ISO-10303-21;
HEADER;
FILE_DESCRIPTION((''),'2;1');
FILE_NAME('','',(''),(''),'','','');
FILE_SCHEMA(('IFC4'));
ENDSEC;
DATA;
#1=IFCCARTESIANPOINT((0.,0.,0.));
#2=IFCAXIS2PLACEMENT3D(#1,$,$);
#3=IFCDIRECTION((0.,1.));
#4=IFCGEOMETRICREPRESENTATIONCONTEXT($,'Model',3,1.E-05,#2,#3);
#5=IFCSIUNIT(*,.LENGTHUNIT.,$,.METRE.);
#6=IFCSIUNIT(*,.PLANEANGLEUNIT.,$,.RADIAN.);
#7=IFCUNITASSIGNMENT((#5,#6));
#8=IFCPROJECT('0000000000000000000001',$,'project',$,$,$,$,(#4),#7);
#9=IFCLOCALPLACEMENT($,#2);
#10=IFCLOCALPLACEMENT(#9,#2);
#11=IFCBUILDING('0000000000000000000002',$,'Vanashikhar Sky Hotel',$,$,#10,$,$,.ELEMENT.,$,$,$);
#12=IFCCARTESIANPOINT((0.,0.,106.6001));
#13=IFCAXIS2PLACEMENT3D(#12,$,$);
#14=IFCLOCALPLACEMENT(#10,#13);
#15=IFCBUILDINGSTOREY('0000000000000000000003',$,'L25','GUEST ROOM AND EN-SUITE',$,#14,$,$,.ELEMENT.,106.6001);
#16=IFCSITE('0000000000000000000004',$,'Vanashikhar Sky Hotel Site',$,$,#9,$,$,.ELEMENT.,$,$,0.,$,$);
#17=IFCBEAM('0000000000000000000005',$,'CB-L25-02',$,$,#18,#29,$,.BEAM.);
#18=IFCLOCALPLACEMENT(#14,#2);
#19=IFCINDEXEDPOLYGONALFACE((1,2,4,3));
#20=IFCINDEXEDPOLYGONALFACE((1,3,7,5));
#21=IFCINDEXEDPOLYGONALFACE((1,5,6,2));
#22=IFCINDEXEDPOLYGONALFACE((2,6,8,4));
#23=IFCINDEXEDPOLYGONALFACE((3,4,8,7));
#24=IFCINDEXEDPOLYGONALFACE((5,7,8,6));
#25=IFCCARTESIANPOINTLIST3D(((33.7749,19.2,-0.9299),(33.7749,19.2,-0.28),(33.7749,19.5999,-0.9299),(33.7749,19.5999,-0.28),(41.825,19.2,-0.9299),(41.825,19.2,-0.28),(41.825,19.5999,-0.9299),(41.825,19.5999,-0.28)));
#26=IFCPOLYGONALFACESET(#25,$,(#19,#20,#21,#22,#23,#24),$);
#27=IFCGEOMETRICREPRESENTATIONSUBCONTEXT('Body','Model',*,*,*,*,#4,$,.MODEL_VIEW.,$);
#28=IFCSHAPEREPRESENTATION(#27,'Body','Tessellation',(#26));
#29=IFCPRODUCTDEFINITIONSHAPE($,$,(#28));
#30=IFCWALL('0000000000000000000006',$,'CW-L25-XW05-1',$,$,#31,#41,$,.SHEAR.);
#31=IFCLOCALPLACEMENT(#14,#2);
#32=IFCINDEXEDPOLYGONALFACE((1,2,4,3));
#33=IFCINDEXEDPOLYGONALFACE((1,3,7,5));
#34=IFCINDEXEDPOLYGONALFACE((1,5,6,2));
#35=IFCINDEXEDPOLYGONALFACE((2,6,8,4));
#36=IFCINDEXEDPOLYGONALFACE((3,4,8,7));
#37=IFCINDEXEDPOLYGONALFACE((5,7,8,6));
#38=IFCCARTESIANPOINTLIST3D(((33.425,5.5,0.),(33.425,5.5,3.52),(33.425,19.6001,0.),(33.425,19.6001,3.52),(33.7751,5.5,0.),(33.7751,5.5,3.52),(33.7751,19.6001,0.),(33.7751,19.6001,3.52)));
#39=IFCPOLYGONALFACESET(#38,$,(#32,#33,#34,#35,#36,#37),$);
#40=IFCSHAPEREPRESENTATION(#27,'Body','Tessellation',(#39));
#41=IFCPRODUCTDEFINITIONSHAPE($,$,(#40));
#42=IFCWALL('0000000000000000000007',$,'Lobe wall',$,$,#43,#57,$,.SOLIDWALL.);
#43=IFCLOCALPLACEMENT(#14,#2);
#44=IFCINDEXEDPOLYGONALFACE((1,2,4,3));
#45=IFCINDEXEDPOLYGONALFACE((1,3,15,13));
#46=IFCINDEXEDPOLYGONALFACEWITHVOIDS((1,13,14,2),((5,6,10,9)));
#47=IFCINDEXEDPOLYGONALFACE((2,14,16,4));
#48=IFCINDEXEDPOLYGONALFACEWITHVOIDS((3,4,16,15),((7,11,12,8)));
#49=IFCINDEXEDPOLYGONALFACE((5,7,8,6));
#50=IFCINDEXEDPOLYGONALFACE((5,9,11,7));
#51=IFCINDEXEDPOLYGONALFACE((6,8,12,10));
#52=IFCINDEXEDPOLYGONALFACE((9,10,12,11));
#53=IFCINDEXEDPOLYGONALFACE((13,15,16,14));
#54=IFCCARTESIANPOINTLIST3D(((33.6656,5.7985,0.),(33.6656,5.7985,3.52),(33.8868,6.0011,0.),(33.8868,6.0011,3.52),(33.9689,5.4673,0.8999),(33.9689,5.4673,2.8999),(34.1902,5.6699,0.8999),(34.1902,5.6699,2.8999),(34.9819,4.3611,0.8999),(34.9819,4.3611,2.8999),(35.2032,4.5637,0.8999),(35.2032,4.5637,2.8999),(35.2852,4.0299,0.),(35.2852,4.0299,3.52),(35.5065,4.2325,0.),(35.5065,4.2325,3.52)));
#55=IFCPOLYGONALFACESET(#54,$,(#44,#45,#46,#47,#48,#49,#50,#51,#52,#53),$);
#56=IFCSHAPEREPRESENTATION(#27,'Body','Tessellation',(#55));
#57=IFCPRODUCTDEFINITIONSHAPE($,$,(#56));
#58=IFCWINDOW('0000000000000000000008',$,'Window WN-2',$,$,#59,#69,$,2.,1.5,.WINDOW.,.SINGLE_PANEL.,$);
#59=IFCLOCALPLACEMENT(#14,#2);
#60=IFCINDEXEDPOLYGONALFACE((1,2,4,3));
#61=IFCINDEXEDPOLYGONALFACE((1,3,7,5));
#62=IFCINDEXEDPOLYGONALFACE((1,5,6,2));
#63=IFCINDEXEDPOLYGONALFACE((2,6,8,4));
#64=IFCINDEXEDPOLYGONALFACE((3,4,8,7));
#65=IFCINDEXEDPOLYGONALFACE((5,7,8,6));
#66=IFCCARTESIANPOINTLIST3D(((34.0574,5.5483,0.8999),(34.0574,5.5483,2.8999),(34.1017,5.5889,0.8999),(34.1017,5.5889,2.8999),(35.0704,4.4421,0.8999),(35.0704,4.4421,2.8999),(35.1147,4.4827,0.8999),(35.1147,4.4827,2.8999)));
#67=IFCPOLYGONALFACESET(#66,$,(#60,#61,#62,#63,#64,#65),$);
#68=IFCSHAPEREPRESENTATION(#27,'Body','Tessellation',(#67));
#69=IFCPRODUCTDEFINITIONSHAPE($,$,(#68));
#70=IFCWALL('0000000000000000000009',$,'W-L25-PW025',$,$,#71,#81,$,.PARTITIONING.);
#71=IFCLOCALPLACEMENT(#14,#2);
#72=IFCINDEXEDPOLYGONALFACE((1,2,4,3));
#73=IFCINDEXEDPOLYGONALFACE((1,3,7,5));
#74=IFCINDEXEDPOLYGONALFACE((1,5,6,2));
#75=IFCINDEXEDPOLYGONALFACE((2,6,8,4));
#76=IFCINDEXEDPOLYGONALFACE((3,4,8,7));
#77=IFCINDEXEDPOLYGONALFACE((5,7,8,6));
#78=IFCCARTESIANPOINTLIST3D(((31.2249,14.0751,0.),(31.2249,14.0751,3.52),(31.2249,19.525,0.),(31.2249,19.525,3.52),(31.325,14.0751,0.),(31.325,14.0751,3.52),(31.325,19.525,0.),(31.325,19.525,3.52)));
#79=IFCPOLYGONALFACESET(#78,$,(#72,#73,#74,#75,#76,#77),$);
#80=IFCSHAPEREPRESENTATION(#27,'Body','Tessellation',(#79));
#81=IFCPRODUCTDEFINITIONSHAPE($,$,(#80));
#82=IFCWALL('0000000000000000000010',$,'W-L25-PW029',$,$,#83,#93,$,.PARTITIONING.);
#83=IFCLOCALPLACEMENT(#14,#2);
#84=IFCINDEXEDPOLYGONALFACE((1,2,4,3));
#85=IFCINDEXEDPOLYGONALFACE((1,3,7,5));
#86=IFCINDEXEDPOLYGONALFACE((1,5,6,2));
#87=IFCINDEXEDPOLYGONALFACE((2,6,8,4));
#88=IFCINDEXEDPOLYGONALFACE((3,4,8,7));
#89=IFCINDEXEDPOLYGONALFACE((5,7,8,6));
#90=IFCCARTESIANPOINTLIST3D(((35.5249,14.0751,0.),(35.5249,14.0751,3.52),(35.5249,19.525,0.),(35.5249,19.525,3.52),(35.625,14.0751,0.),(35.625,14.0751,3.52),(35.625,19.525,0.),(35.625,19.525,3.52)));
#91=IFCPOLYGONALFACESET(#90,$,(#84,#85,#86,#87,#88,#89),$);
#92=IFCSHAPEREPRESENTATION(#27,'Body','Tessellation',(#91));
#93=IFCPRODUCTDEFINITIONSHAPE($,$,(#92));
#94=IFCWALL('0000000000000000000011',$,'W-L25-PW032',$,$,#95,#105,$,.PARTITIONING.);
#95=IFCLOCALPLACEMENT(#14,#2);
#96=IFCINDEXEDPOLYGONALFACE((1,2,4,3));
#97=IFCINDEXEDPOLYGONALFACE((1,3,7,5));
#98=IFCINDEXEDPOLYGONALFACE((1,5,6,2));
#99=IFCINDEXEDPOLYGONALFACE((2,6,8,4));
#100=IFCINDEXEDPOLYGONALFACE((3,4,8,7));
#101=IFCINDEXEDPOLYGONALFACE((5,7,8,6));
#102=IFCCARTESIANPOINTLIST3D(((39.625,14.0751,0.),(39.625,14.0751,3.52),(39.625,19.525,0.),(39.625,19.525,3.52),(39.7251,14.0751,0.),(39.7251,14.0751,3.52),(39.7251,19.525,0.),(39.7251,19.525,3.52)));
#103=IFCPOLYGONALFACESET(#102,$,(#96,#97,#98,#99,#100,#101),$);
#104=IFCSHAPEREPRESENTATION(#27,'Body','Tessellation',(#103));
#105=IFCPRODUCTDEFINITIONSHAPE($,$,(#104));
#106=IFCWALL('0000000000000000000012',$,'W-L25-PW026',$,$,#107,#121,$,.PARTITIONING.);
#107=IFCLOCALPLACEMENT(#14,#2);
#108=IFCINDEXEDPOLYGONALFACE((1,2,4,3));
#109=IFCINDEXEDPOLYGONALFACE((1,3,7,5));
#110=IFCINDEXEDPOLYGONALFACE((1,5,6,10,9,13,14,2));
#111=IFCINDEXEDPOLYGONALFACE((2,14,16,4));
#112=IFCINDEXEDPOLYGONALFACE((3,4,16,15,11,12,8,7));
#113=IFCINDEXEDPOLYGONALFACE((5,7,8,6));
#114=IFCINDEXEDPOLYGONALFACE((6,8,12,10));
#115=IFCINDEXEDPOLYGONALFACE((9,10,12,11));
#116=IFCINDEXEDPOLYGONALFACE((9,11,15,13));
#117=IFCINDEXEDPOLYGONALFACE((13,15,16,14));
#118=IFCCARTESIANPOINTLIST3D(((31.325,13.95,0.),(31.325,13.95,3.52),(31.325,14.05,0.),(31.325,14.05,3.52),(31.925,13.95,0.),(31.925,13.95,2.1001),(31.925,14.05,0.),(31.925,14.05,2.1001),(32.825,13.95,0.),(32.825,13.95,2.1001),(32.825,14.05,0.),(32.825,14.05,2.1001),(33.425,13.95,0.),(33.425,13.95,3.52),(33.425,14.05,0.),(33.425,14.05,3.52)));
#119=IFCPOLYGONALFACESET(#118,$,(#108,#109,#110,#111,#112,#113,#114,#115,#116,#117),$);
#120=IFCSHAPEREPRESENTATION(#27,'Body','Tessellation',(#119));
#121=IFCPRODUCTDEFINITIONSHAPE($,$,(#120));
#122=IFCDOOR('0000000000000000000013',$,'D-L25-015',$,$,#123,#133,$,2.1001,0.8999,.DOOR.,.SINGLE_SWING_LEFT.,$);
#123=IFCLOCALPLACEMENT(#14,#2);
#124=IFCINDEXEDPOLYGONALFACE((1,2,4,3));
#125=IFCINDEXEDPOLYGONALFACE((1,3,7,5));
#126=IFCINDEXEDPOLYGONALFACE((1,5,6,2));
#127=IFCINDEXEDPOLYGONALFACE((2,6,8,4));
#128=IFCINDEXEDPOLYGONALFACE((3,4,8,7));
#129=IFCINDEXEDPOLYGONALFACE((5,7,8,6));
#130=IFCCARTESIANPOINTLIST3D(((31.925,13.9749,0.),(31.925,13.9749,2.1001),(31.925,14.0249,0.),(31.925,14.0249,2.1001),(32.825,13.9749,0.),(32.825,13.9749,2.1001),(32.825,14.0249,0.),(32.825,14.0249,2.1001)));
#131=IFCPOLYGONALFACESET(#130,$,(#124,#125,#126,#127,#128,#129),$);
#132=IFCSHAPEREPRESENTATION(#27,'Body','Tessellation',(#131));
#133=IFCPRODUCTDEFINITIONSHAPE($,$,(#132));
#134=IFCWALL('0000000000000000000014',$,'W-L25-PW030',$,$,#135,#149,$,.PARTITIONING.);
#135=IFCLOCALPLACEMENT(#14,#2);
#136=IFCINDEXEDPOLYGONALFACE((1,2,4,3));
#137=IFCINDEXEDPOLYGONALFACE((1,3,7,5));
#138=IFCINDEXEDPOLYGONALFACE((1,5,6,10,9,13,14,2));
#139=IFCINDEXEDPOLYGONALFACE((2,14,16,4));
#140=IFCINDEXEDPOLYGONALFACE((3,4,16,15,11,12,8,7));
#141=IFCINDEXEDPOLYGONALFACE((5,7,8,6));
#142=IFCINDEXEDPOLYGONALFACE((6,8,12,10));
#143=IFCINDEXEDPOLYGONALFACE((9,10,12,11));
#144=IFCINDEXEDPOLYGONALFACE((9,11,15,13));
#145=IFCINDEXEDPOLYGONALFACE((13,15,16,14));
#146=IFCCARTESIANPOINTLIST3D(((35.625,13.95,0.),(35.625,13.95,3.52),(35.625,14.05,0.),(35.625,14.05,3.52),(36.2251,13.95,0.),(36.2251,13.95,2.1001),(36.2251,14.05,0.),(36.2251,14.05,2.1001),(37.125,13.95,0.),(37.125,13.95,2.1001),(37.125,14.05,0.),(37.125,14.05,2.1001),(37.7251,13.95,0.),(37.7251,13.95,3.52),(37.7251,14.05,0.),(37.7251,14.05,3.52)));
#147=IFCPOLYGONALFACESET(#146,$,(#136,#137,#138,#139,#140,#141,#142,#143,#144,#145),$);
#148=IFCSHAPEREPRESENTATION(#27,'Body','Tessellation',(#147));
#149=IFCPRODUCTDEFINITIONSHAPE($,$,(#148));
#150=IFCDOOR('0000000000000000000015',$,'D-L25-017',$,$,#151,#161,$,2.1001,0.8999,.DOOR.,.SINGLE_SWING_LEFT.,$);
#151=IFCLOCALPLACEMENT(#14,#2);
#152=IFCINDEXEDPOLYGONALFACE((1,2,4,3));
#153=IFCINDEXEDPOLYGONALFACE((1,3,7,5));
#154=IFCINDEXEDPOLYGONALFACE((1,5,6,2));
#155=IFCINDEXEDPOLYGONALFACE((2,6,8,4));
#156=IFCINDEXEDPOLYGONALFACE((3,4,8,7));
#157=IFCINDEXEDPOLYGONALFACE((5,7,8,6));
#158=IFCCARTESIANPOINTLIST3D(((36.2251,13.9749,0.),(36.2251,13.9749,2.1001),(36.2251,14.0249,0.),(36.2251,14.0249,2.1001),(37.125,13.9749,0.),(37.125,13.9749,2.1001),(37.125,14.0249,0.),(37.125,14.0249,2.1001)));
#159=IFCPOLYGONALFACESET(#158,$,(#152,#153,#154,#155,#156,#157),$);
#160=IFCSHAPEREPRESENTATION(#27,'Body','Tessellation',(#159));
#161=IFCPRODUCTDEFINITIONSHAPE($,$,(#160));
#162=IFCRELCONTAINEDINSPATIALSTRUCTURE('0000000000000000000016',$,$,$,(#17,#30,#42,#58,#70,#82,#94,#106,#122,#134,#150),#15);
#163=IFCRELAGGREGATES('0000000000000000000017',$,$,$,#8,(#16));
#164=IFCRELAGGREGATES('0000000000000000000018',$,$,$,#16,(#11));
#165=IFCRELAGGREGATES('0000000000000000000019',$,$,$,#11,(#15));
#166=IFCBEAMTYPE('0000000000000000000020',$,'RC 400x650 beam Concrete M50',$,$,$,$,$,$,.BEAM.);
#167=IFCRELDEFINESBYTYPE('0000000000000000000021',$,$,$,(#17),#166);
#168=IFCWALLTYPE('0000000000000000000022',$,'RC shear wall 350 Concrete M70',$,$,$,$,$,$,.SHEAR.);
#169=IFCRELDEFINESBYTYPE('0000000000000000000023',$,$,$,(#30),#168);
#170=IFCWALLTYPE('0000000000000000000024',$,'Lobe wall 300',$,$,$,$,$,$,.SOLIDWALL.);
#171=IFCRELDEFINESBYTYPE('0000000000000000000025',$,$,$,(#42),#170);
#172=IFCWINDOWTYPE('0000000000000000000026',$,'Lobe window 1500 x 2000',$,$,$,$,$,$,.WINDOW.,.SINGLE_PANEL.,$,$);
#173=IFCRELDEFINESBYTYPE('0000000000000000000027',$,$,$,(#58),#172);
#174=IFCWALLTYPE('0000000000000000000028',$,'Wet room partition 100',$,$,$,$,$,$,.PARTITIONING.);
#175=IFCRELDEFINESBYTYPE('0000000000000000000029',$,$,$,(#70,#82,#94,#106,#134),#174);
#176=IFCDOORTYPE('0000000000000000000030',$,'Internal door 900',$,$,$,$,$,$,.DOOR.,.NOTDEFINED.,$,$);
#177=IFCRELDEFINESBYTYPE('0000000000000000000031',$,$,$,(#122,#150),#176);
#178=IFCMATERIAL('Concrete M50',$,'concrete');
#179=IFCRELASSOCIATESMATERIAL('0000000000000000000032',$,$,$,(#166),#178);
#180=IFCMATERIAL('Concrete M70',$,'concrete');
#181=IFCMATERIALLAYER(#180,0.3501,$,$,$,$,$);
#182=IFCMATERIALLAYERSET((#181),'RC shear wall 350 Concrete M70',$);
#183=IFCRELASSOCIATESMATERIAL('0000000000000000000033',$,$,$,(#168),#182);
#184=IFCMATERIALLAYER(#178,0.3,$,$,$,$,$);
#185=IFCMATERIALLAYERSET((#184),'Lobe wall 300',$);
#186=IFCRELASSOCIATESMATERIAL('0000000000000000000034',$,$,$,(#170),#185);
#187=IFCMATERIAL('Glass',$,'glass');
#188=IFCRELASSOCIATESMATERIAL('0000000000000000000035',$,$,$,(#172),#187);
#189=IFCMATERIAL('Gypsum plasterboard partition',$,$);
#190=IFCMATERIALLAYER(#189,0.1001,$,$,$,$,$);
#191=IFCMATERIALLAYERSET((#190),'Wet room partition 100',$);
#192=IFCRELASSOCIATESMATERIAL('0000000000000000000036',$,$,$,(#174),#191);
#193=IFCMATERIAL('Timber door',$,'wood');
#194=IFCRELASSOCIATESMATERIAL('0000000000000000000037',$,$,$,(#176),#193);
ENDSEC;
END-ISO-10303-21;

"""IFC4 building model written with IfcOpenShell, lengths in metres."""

from ifc_helpers import new_model, si_unit, direction, frame, frame_2d, origin, origin_2d, place, context, subcontext, project, spatial, rectangle, extrude, source, transform, mapped, material, layer, layer_set, material_profile, profile_set, type_object, element, fill, save


model = new_model("IFC4")

# Units and contexts
model_context = context("Model", 3, precision=1e-05, world=origin(), true_north=direction((0.0, 1.0)))
body_context = subcontext(model_context, "Body", "Model", "MODEL_VIEW")
ifc_project = project(units=[si_unit("LENGTHUNIT", "METRE"), si_unit("PLANEANGLEUNIT", "RADIAN")], contexts=[model_context])

# Site, building, storey
site_placement = place(None, origin())
site = spatial("IfcSite", under=ifc_project, at=site_placement, Name="Vanashikhar Sky Hotel Site", CompositionType="ELEMENT", RefElevation=0.0)
building_placement = place(site_placement, origin())
building = spatial("IfcBuilding", under=site, at=building_placement, Name="Vanashikhar Sky Hotel", CompositionType="ELEMENT")
storey_placement = place(building_placement, frame((0.0, 0.0, 106.6001)))
storey = spatial("IfcBuildingStorey", under=building, at=storey_placement, Name="L25", Description="GUEST ROOM AND EN-SUITE", CompositionType="ELEMENT", Elevation=106.6001)

# Beam
ifc_material_1 = material(Name="Concrete M50", Category="concrete")
ifc_material_profile = material_profile(ifc_material_1, rectangle(XDim=0.3999, YDim=0.6499, at=origin_2d()))
ifc_profile_set = profile_set([ifc_material_profile], Name="RC 400x650 beam Concrete M50")
beam_type = type_object("IfcBeamType", Name="RC 400x650 beam Concrete M50", PredefinedType="BEAM", material=ifc_profile_set)
shared_shape_1 = source(origin(), body_context, "Body", "SweptSolid", [
    extrude(rectangle(XDim=0.3999, YDim=0.6499, at=origin_2d()), origin(), (0.0, 0.0, 1.0), 8.05),
])
beam_placement = place(storey_placement, frame((33.7749, 19.3999, -0.605), z_axis=(1.0, 0.0, 0.0), x_axis=(0.0, 1.0, 0.0)))
element("IfcBeam", 1, at=beam_placement, inside=storey, type_object=beam_type, Name="CB-L25-02", PredefinedType="BEAM", context=body_context, shape_type="MappedRepresentation", body=[
    mapped(shared_shape_1, transform((0.0, 0.0, 0.0), scale=1.0)),
])

# Wall
ifc_material_2 = material(Name="Concrete M70", Category="concrete")
ifc_layer_1 = layer(ifc_material_2, 0.3501)
ifc_layer_set_1 = layer_set([ifc_layer_1], Name="RC shear wall 350 Concrete M70")
wall_type_1 = type_object("IfcWallType", Name="RC shear wall 350 Concrete M70", PredefinedType="SHEAR", material=ifc_layer_set_1)
shared_shape_2 = source(origin(), body_context, "Body", "SweptSolid", [
    extrude(rectangle(XDim=14.1001, YDim=0.3501, at=frame_2d((7.05, 0.0))), origin(), (0.0, 0.0, 1.0), 3.52),
])
wall_1_placement = place(storey_placement, frame((33.6001, 5.5, 0.0), z_axis=(0.0, 0.0, 1.0), x_axis=(0.0, 1.0, 0.0)))
element("IfcWall", 2, at=wall_1_placement, inside=storey, type_object=wall_type_1, Name="CW-L25-XW05-1", PredefinedType="SHEAR", context=body_context, shape_type="MappedRepresentation", body=[
    mapped(shared_shape_2, transform((0.0, 0.0, 0.0), scale=1.0)),
])

# Wall, opening, window
ifc_layer_2 = layer(ifc_material_1, 0.3)
ifc_layer_set_2 = layer_set([ifc_layer_2], Name="Lobe wall 300")
wall_type_2 = type_object("IfcWallType", Name="Lobe wall 300", PredefinedType="SOLIDWALL", material=ifc_layer_set_2)
shared_shape_3 = source(origin(), body_context, "Body", "SweptSolid", [
    extrude(rectangle(XDim=2.3982, YDim=0.3, at=frame_2d((1.1992, 0.0))), origin(), (0.0, 0.0, 1.0), 3.52),
])
wall_2_placement = place(storey_placement, frame((33.7761, 5.8999, 0.0), z_axis=(0.0, 0.0, 1.0), x_axis=(0.675374, -0.737475, 0.0)))
wall_2 = element("IfcWall", 3, at=wall_2_placement, inside=storey, type_object=wall_type_2, Name="Lobe wall", PredefinedType="SOLIDWALL", context=body_context, shape_type="MappedRepresentation", body=[
    mapped(shared_shape_3, transform((0.0, 0.0, 0.0), scale=1.0)),
])
shared_shape_4 = source(origin(), body_context, "Body", "SweptSolid", [
    extrude(rectangle(XDim=1.5, YDim=2.0, at=frame_2d((0.75, 1.0))), frame((0.0, 0.1602, 0.0), z_axis=(0.0, -1.0, 0.0), x_axis=(1.0, 0.0, 0.0)), (0.0, 0.0, 1.0), 0.3201),
])
opening_1_placement = place(wall_2_placement, frame((0.4492, 0.0, 0.8999)))
opening_1 = element("IfcOpeningElement", 4, at=opening_1_placement, cuts=wall_2, PredefinedType="OPENING", context=body_context, shape_type="MappedRepresentation", body=[
    mapped(shared_shape_4, transform((0.0, 0.0, 0.0), scale=1.0)),
])
ifc_material_3 = material(Name="Glass", Category="glass")
window_type = type_object("IfcWindowType", Name="Lobe window 1500 x 2000", PartitioningType="SINGLE_PANEL", PredefinedType="WINDOW", material=ifc_material_3)
shared_shape_5 = source(origin(), body_context, "Body", "SweptSolid", [
    extrude(rectangle(XDim=1.5, YDim=2.0, at=frame_2d((0.75, 1.0))), frame((0.0, 0.03, 0.0), z_axis=(0.0, -1.0, 0.0), x_axis=(1.0, 0.0, 0.0)), (0.0, 0.0, 1.0), 0.0601),
])
window_placement = place(opening_1_placement, origin())
window = element("IfcWindow", 5, at=window_placement, inside=storey, type_object=window_type, Name="Window WN-2", OverallHeight=2.0, OverallWidth=1.5, PartitioningType="SINGLE_PANEL", PredefinedType="WINDOW", context=body_context, shape_type="MappedRepresentation", body=[
    mapped(shared_shape_5, transform((0.0, 0.0, 0.0), scale=1.0)),
])
fill(opening_1, window)

# Walls
ifc_material_4 = material(Name="Gypsum plasterboard partition")
ifc_layer_3 = layer(ifc_material_4, 0.1001)
ifc_layer_set_3 = layer_set([ifc_layer_3], Name="Wet room partition 100")
wall_type_3 = type_object("IfcWallType", Name="Wet room partition 100", PredefinedType="PARTITIONING", material=ifc_layer_set_3)
shared_shape_6 = source(origin(), body_context, "Body", "SweptSolid", [
    extrude(rectangle(XDim=5.45, YDim=0.1001, at=frame_2d((2.7251, 0.0))), origin(), (0.0, 0.0, 1.0), 3.52),
])
for number, where, z_axis, x_axis, name in (
    (6, (31.2749, 14.075, 0.0), (0.0, 0.0, 1.0), (0.0, 1.0, 0.0), "W-L25-PW025"),
    (7, (35.575, 14.075, 0.0), (0.0, 0.0, 1.0), (0.0, 1.0, 0.0), "W-L25-PW029"),
    (8, (39.675, 14.075, 0.0), (0.0, 0.0, 1.0), (0.0, 1.0, 0.0), "W-L25-PW032"),
):
    element("IfcWall", number, at=place(storey_placement, frame(where, z_axis=z_axis, x_axis=x_axis)), inside=storey, type_object=wall_type_3, Name=name, PredefinedType="PARTITIONING", context=body_context, shape_type="MappedRepresentation", body=[
        mapped(shared_shape_6, transform((0.0, 0.0, 0.0), scale=1.0)),
    ])

# Walls, openings, doors
shared_shape_7 = source(origin(), body_context, "Body", "SweptSolid", [
    extrude(rectangle(XDim=2.1001, YDim=0.1001, at=frame_2d((1.05, 0.0))), origin(), (0.0, 0.0, 1.0), 3.52),
])
wall_3_placement = place(storey_placement, frame((31.325, 14.0, 0.0), z_axis=(0.0, 0.0, 1.0), x_axis=(1.0, 0.0, 0.0)))
wall_3 = element("IfcWall", 9, at=wall_3_placement, inside=storey, type_object=wall_type_3, Name="W-L25-PW026", PredefinedType="PARTITIONING", context=body_context, shape_type="MappedRepresentation", body=[
    mapped(shared_shape_7, transform((0.0, 0.0, 0.0), scale=1.0)),
])
shared_shape_8 = source(origin(), body_context, "Body", "SweptSolid", [
    extrude(rectangle(XDim=0.8999, YDim=2.1001, at=frame_2d((0.45, 1.05))), frame((0.0, 0.0601, 0.0), z_axis=(0.0, -1.0, 0.0), x_axis=(1.0, 0.0, 0.0)), (0.0, 0.0, 1.0), 0.1201),
])
opening_2_placement = place(wall_3_placement, frame((0.6001, 0.0, 0.0)))
opening_2 = element("IfcOpeningElement", 10, at=opening_2_placement, cuts=wall_3, PredefinedType="OPENING", context=body_context, shape_type="MappedRepresentation", body=[
    mapped(shared_shape_8, transform((0.0, 0.0, 0.0), scale=1.0)),
])
ifc_material_5 = material(Name="Timber door", Category="wood")
door_type = type_object("IfcDoorType", Name="Internal door 900", OperationType="NOTDEFINED", PredefinedType="DOOR", material=ifc_material_5)
shared_shape_9 = source(origin(), body_context, "Body", "SweptSolid", [
    extrude(rectangle(XDim=0.8999, YDim=2.1001, at=frame_2d((0.45, 1.05))), frame((0.0, 0.0249, 0.0), z_axis=(0.0, -1.0, 0.0), x_axis=(1.0, 0.0, 0.0)), (0.0, 0.0, 1.0), 0.05),
])
door_1_placement = place(opening_2_placement, origin())
door_1 = element("IfcDoor", 11, at=door_1_placement, inside=storey, type_object=door_type, Name="D-L25-015", OperationType="SINGLE_SWING_LEFT", OverallHeight=2.1001, OverallWidth=0.8999, PredefinedType="DOOR", context=body_context, shape_type="MappedRepresentation", body=[
    mapped(shared_shape_9, transform((0.0, 0.0, 0.0), scale=1.0)),
])
fill(opening_2, door_1)
wall_4_placement = place(storey_placement, frame((35.625, 14.0, 0.0), z_axis=(0.0, 0.0, 1.0), x_axis=(1.0, 0.0, 0.0)))
wall_4 = element("IfcWall", 12, at=wall_4_placement, inside=storey, type_object=wall_type_3, Name="W-L25-PW030", PredefinedType="PARTITIONING", context=body_context, shape_type="MappedRepresentation", body=[
    mapped(shared_shape_7, transform((0.0, 0.0, 0.0), scale=1.0)),
])
opening_3_placement = place(wall_4_placement, frame((0.6001, 0.0, 0.0)))
opening_3 = element("IfcOpeningElement", 13, at=opening_3_placement, cuts=wall_4, PredefinedType="OPENING", context=body_context, shape_type="MappedRepresentation", body=[
    mapped(shared_shape_8, transform((0.0, 0.0, 0.0), scale=1.0)),
])
door_2_placement = place(opening_3_placement, origin())
door_2 = element("IfcDoor", 14, at=door_2_placement, inside=storey, type_object=door_type, Name="D-L25-017", OperationType="SINGLE_SWING_LEFT", OverallHeight=2.1001, OverallWidth=0.8999, PredefinedType="DOOR", context=body_context, shape_type="MappedRepresentation", body=[
    mapped(shared_shape_9, transform((0.0, 0.0, 0.0), scale=1.0)),
])
fill(opening_3, door_2)

save(model, "model.ifc")
